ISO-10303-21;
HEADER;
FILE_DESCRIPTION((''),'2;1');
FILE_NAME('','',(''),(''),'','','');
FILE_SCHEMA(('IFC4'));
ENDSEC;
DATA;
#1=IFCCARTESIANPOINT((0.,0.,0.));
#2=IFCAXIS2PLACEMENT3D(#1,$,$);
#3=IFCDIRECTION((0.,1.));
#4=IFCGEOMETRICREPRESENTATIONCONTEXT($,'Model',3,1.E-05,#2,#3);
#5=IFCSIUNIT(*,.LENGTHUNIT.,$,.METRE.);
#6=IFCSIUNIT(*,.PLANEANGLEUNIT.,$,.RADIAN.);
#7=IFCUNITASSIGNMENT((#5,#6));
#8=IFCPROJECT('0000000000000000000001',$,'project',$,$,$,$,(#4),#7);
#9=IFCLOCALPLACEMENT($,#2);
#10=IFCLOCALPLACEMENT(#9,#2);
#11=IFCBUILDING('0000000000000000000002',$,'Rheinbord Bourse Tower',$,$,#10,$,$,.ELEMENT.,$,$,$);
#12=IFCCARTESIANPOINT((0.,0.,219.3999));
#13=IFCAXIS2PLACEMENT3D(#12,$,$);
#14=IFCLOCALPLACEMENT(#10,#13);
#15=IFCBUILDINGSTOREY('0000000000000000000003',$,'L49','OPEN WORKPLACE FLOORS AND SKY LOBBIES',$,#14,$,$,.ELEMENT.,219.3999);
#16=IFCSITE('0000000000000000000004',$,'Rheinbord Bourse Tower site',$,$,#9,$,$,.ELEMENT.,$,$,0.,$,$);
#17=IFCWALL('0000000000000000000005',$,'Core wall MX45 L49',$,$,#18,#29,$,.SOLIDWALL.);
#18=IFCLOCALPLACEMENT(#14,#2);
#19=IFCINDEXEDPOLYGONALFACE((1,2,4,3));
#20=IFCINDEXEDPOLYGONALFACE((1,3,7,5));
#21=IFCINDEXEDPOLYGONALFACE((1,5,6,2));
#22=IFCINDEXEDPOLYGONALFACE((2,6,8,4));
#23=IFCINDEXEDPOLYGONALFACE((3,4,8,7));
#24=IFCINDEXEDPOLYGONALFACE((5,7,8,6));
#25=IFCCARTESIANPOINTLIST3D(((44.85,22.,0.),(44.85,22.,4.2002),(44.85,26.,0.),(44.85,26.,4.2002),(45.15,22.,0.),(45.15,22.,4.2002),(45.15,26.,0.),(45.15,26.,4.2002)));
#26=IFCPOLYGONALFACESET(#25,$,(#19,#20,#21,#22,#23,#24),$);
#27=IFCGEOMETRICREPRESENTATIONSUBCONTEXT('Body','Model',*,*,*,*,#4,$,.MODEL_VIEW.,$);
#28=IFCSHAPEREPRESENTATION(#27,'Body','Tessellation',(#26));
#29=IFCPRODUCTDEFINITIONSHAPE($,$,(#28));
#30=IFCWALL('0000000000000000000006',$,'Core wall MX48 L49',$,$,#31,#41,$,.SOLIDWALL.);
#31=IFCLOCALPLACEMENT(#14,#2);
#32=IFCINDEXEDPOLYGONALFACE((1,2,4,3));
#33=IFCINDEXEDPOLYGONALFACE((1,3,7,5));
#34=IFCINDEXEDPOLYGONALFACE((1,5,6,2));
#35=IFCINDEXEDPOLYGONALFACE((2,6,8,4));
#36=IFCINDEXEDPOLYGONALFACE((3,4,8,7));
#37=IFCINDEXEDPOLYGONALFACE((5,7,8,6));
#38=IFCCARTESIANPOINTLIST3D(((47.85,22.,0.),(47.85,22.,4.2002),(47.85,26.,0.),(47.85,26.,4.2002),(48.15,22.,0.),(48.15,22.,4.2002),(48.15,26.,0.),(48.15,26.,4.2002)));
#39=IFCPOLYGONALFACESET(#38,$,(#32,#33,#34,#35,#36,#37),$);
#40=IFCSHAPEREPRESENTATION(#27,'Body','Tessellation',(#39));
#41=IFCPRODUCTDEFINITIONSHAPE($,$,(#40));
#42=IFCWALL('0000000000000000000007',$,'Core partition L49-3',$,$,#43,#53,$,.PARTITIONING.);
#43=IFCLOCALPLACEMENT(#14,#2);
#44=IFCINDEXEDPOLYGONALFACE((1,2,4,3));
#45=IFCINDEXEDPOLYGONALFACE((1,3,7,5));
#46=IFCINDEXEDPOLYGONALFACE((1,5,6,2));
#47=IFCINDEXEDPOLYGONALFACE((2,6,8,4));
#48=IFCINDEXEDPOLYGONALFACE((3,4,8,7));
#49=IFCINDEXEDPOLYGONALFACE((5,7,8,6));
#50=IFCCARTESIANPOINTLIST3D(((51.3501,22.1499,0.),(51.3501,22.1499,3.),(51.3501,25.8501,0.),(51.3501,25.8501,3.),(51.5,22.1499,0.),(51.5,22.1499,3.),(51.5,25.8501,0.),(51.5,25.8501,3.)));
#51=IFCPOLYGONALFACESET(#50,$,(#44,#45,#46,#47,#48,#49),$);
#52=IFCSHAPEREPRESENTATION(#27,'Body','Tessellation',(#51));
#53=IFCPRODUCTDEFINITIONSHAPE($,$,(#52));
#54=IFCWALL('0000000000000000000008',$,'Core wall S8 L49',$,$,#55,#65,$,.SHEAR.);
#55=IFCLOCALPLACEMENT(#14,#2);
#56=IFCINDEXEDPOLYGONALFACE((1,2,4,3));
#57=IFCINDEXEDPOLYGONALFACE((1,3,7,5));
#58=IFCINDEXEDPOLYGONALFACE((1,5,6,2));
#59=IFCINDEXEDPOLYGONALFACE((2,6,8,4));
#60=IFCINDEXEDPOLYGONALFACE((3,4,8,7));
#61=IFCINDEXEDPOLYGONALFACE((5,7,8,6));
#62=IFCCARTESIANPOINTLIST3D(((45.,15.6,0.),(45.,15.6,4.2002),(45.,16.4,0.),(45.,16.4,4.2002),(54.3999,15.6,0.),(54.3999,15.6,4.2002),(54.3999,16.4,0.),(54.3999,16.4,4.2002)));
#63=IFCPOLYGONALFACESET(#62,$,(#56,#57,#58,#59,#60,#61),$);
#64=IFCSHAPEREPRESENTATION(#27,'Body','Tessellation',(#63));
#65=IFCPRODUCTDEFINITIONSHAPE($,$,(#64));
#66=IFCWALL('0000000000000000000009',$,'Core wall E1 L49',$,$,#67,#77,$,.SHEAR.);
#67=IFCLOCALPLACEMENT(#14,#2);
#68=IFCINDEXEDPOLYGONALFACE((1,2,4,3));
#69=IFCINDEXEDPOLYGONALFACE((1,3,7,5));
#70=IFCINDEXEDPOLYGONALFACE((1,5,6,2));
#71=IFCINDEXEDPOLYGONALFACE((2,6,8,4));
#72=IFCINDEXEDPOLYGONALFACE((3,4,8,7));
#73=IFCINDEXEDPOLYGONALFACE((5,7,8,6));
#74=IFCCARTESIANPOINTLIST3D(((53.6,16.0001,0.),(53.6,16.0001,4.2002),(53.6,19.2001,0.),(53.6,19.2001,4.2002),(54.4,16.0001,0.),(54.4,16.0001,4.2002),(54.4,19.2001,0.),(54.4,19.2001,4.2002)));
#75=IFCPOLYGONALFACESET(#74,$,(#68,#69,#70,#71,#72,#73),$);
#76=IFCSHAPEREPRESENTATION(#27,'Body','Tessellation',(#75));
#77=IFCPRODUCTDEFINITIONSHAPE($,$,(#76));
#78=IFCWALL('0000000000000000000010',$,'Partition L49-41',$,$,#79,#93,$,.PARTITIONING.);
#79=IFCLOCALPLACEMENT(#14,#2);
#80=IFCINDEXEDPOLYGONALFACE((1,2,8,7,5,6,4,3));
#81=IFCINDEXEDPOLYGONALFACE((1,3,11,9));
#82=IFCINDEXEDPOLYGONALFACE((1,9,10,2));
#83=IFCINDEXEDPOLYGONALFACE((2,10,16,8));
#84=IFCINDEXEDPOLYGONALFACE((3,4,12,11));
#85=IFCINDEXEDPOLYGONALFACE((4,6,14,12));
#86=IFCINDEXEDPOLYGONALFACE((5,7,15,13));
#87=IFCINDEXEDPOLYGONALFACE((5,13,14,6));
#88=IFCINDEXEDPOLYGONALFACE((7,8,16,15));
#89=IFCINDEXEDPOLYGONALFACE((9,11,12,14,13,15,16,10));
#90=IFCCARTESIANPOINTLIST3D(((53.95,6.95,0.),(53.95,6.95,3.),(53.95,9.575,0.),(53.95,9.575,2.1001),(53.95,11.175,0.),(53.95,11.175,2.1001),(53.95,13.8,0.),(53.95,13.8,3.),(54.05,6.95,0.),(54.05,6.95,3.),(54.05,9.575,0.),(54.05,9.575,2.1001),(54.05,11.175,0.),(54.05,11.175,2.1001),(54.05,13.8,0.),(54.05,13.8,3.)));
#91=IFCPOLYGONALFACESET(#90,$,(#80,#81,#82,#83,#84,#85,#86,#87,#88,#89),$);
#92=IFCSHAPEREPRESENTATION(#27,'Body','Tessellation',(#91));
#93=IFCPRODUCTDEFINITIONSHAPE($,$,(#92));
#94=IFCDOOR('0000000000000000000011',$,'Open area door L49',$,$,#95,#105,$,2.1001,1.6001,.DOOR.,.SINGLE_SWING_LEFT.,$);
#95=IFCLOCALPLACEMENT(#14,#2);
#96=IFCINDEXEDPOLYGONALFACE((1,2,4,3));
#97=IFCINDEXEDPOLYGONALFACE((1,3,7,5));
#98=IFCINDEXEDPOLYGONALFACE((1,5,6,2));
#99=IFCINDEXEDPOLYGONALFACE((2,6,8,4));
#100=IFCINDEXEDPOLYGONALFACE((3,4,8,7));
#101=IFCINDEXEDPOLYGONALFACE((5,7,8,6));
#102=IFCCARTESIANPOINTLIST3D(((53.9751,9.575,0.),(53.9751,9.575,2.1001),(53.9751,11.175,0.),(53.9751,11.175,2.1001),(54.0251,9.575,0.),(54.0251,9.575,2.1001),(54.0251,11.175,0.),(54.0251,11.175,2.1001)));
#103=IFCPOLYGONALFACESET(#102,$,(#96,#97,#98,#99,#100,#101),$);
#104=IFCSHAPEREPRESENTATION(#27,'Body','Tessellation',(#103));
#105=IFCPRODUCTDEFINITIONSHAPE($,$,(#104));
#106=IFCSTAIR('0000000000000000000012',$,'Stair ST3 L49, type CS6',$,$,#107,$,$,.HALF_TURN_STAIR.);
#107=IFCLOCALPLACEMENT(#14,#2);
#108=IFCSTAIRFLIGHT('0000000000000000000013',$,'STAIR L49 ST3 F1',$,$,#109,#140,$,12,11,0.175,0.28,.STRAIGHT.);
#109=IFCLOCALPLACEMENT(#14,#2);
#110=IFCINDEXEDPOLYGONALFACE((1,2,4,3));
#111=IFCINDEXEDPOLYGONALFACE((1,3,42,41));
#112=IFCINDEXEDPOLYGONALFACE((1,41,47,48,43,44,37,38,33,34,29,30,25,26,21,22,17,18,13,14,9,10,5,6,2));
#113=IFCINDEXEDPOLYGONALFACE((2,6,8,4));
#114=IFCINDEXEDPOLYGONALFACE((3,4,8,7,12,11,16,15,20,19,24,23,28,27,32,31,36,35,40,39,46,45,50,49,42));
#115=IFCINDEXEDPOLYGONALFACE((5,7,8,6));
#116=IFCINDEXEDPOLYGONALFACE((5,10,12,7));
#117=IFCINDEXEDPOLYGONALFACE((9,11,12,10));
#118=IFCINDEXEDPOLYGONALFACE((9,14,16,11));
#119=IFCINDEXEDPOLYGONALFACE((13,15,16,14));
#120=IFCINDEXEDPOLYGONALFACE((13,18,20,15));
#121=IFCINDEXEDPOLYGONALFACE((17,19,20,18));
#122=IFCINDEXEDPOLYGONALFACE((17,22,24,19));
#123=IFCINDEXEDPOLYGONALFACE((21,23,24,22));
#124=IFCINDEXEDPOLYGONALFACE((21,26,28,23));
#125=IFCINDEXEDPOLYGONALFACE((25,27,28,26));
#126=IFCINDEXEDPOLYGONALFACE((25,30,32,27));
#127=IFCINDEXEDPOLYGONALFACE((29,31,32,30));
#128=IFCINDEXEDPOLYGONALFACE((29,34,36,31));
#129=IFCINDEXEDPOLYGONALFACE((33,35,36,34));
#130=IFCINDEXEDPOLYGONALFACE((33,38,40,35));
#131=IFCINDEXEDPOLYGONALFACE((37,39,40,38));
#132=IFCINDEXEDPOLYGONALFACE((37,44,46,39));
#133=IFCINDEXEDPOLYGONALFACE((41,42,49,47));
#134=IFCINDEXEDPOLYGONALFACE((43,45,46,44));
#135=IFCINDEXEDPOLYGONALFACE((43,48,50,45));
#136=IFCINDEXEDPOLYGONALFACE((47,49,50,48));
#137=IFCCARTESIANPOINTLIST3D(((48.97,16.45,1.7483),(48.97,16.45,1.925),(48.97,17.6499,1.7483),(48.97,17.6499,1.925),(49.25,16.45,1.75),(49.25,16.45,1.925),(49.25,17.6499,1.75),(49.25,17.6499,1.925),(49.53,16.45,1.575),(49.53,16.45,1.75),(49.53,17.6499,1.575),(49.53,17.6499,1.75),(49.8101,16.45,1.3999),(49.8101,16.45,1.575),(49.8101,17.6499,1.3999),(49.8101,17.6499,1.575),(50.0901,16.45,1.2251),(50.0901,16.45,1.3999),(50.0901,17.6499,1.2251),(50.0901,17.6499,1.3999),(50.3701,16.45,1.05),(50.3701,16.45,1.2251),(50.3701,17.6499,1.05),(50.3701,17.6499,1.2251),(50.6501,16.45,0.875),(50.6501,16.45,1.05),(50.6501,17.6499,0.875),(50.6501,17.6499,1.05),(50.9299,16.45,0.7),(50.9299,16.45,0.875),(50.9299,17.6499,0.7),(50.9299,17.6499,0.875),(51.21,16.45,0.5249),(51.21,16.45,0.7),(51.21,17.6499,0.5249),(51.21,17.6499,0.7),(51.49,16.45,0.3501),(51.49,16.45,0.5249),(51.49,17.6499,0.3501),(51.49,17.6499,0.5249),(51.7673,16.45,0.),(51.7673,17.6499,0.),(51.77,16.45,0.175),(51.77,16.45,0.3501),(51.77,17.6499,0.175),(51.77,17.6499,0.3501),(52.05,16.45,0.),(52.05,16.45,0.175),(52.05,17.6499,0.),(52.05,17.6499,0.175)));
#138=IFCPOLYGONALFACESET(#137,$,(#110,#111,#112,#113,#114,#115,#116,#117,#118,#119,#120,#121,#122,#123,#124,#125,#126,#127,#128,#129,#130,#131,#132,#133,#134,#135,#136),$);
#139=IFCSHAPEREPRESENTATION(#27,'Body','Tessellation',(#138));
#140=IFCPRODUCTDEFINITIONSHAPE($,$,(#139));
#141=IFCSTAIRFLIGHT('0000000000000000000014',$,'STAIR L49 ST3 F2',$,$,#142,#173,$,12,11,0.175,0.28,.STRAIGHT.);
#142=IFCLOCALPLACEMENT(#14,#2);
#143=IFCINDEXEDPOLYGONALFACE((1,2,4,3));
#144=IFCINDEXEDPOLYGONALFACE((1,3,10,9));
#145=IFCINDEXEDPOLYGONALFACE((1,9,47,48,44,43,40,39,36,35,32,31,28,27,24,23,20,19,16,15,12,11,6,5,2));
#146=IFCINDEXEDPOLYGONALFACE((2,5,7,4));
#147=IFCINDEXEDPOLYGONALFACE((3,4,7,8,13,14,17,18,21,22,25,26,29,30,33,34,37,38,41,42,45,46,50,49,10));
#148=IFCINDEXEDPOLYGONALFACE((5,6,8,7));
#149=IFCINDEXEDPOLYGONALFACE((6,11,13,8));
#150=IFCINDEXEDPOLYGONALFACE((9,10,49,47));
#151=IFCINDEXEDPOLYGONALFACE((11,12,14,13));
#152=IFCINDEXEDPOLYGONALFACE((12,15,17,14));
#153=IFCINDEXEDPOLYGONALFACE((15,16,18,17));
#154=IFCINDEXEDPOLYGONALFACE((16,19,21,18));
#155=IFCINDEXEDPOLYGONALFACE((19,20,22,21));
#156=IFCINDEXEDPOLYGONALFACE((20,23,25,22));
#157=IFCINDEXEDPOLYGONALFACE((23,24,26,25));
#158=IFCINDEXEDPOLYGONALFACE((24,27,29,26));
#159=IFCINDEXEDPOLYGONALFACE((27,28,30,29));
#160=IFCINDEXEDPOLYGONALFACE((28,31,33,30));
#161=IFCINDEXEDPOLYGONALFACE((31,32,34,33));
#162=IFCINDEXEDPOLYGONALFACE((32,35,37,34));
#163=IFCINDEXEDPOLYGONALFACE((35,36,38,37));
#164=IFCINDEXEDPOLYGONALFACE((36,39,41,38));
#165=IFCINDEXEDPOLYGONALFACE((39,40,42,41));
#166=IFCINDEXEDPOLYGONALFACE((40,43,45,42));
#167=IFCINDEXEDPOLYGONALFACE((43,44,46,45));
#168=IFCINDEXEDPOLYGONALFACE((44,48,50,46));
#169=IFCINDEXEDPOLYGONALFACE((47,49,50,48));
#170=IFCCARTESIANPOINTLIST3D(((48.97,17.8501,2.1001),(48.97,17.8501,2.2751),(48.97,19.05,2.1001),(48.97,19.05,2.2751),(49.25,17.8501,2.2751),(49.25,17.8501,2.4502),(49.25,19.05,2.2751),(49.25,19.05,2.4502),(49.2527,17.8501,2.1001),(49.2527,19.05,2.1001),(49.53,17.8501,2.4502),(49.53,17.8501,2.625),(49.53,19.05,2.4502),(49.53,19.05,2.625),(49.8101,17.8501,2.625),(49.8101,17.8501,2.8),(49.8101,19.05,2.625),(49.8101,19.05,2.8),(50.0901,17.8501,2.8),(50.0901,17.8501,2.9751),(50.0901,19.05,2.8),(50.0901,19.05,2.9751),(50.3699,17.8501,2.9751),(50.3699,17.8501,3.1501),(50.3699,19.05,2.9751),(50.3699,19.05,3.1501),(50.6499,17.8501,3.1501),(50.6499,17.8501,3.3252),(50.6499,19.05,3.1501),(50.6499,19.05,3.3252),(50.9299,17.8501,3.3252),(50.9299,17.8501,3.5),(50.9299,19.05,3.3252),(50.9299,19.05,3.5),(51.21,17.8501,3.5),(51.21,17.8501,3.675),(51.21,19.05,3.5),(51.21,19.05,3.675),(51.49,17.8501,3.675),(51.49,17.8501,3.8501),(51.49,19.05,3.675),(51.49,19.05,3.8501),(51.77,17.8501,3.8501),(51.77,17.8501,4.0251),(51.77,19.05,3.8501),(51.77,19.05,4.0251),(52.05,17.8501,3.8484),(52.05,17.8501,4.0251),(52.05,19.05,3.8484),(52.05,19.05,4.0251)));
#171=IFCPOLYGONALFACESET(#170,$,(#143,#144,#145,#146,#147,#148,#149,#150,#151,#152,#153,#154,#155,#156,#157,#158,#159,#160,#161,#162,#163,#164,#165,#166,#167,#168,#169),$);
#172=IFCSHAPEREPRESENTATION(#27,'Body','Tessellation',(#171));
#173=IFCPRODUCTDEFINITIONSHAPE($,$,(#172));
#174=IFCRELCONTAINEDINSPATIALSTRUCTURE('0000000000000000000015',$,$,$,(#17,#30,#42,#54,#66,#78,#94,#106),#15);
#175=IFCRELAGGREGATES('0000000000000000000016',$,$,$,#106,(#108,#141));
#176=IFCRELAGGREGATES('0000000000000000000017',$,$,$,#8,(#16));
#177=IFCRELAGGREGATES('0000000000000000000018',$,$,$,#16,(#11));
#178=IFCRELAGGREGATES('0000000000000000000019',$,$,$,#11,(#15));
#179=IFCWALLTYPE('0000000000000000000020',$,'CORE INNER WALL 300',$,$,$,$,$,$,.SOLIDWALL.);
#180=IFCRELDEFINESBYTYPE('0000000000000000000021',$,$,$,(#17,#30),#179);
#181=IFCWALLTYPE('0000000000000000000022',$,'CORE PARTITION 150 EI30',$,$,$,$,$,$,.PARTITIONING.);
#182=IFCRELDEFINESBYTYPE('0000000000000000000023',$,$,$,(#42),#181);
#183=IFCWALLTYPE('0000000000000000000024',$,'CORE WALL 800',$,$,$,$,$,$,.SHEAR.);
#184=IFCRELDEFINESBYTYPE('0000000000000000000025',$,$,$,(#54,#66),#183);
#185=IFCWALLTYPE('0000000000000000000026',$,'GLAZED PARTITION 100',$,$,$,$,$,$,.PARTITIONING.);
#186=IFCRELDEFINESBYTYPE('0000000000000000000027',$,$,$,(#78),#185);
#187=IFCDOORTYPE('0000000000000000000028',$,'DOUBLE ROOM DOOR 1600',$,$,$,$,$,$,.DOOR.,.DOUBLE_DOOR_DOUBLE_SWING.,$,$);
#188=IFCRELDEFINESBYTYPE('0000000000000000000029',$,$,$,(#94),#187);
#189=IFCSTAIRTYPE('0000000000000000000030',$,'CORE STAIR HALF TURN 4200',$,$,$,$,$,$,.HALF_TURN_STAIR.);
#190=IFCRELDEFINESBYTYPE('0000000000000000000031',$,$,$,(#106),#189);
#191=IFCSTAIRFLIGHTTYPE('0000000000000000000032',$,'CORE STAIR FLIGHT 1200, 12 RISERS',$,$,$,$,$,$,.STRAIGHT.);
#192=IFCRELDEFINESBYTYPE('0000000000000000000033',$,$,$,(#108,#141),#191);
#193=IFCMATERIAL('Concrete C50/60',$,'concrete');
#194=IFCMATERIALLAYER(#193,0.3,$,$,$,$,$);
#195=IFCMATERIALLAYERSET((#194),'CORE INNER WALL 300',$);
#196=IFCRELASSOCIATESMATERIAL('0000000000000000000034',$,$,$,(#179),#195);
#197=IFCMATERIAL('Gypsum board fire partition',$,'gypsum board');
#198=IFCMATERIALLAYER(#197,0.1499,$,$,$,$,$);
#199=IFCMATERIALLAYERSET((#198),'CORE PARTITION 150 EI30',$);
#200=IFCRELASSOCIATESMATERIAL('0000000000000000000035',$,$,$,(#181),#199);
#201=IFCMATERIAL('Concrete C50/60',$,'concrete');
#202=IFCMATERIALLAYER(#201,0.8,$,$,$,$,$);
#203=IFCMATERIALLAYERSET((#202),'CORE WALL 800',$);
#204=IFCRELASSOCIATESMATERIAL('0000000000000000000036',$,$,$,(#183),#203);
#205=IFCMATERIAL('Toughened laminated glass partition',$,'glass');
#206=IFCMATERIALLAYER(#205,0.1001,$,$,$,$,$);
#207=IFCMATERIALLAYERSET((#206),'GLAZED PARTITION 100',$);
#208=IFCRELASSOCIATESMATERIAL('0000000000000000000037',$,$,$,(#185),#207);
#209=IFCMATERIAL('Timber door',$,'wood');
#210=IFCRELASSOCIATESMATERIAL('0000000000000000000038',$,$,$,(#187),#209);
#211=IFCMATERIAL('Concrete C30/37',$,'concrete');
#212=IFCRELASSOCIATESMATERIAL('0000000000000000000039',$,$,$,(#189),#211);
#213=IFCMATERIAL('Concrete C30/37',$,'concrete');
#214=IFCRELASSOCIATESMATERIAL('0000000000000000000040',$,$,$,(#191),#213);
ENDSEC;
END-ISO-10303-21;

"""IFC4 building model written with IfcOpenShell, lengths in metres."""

from ifc_helpers import new_model, si_unit, direction, frame, frame_2d, origin, place, context, subcontext, project, spatial, polyline, rectangle, outline, extrude, material, layer, layer_set, type_object, element, fill, aggregate, save


model = new_model("IFC4")

# Units and contexts
model_context = context("Model", 3, precision=1e-05, world=origin(), true_north=direction((0.0, 1.0)))
body_context = subcontext(model_context, "Body", "Model", "MODEL_VIEW")
ifc_project = project(units=[si_unit("LENGTHUNIT", "METRE"), si_unit("PLANEANGLEUNIT", "RADIAN")], contexts=[model_context])

# Site, building, storey
site_placement = place(None, origin())
site = spatial("IfcSite", under=ifc_project, at=site_placement, Name="Rheinbord Bourse Tower site", CompositionType="ELEMENT", RefElevation=0.0)
building_placement = place(site_placement, origin())
building = spatial("IfcBuilding", under=site, at=building_placement, Name="Rheinbord Bourse Tower", CompositionType="ELEMENT")
storey_placement = place(building_placement, frame((0.0, 0.0, 219.3999)))
storey = spatial("IfcBuildingStorey", under=building, at=storey_placement, Name="L49", Description="OPEN WORKPLACE FLOORS AND SKY LOBBIES", CompositionType="ELEMENT", Elevation=219.3999)

# Shared definitions
ifc_material_1 = material(Name="Concrete C50/60", Category="concrete")
ifc_layer_1 = layer(ifc_material_1, 0.3)
ifc_layer_set_1 = layer_set([ifc_layer_1], Name="CORE INNER WALL 300")
wall_type_1 = type_object("IfcWallType", Name="CORE INNER WALL 300", PredefinedType="SOLIDWALL", material=ifc_layer_set_1)

# Walls
for number, where, z_axis, x_axis, name in (
    (1, (45.0, 22.0, 0.0), (0.0, 0.0, 1.0), (0.0, 1.0, 0.0), "Core wall MX45 L49"),
    (2, (48.0, 22.0, 0.0), (0.0, 0.0, 1.0), (0.0, 1.0, 0.0), "Core wall MX48 L49"),
):
    element("IfcWall", number, at=place(storey_placement, frame(where, z_axis=z_axis, x_axis=x_axis)), inside=storey, type_object=wall_type_1, Name=name, PredefinedType="SOLIDWALL", context=body_context, shape_type="SweptSolid", body=[
        extrude(rectangle(XDim=4.0, YDim=0.3, at=frame_2d((2.0, 0.0))), origin(), (0.0, 0.0, 1.0), 4.2002),
    ])
ifc_material_2 = material(Name="Gypsum board fire partition", Category="gypsum board")
ifc_layer_2 = layer(ifc_material_2, 0.1499)
ifc_layer_set_2 = layer_set([ifc_layer_2], Name="CORE PARTITION 150 EI30")
wall_type_2 = type_object("IfcWallType", Name="CORE PARTITION 150 EI30", PredefinedType="PARTITIONING", material=ifc_layer_set_2)
wall_1_placement = place(storey_placement, frame((51.425, 22.1499, 0.0), z_axis=(0.0, 0.0, 1.0), x_axis=(0.0, 1.0, 0.0)))
element("IfcWall", 3, at=wall_1_placement, inside=storey, type_object=wall_type_2, Name="Core partition L49-3", PredefinedType="PARTITIONING", context=body_context, shape_type="SweptSolid", body=[
    extrude(rectangle(XDim=3.7002, YDim=0.1499, at=frame_2d((1.8501, 0.0))), origin(), (0.0, 0.0, 1.0), 3.0),
])
ifc_material_3 = material(Name="Concrete C50/60", Category="concrete")
ifc_layer_3 = layer(ifc_material_3, 0.8)
ifc_layer_set_3 = layer_set([ifc_layer_3], Name="CORE WALL 800")
wall_type_3 = type_object("IfcWallType", Name="CORE WALL 800", PredefinedType="SHEAR", material=ifc_layer_set_3)
wall_2_placement = place(storey_placement, frame((45.0, 16.0, 0.0), z_axis=(0.0, 0.0, 1.0), x_axis=(1.0, 0.0, 0.0)))
element("IfcWall", 4, at=wall_2_placement, inside=storey, type_object=wall_type_3, Name="Core wall S8 L49", PredefinedType="SHEAR", context=body_context, shape_type="SweptSolid", body=[
    extrude(rectangle(XDim=9.3999, YDim=0.8, at=frame_2d((4.7, 0.0))), origin(), (0.0, 0.0, 1.0), 4.2002),
])
wall_3_placement = place(storey_placement, frame((54.0, 16.0, 0.0), z_axis=(0.0, 0.0, 1.0), x_axis=(0.0, 1.0, 0.0)))
element("IfcWall", 5, at=wall_3_placement, inside=storey, type_object=wall_type_3, Name="Core wall E1 L49", PredefinedType="SHEAR", context=body_context, shape_type="SweptSolid", body=[
    extrude(rectangle(XDim=3.2, YDim=0.8, at=frame_2d((1.6001, 0.0))), origin(), (0.0, 0.0, 1.0), 4.2002),
])

# Wall, opening, door
ifc_material_4 = material(Name="Toughened laminated glass partition", Category="glass")
ifc_layer_4 = layer(ifc_material_4, 0.1001)
ifc_layer_set_4 = layer_set([ifc_layer_4], Name="GLAZED PARTITION 100")
wall_type_4 = type_object("IfcWallType", Name="GLAZED PARTITION 100", PredefinedType="PARTITIONING", material=ifc_layer_set_4)
wall_4_placement = place(storey_placement, frame((54.0, 6.95, 0.0), z_axis=(0.0, 0.0, 1.0), x_axis=(0.0, 1.0, 0.0)))
wall_4 = element("IfcWall", 6, at=wall_4_placement, inside=storey, type_object=wall_type_4, Name="Partition L49-41", PredefinedType="PARTITIONING", context=body_context, shape_type="SweptSolid", body=[
    extrude(rectangle(XDim=6.8501, YDim=0.1001, at=frame_2d((3.425, 0.0))), origin(), (0.0, 0.0, 1.0), 3.0),
])
opening_1_placement = place(wall_4_placement, frame((2.625, 0.0, 0.0)))
opening_1 = element("IfcOpeningElement", 7, at=opening_1_placement, cuts=wall_4, PredefinedType="OPENING", context=body_context, shape_type="SweptSolid", body=[
    extrude(rectangle(XDim=1.6001, YDim=2.1001, at=frame_2d((0.8, 1.05))), frame((0.0, 0.0601, 0.0), z_axis=(0.0, -1.0, 0.0), x_axis=(1.0, 0.0, 0.0)), (0.0, 0.0, 1.0), 0.1201),
])
ifc_material_5 = material(Name="Timber door", Category="wood")
door_type_1 = type_object("IfcDoorType", Name="DOUBLE ROOM DOOR 1600", OperationType="DOUBLE_DOOR_DOUBLE_SWING", PredefinedType="DOOR", material=ifc_material_5)
door_1_placement = place(opening_1_placement, origin())
door_1 = element("IfcDoor", 8, at=door_1_placement, inside=storey, type_object=door_type_1, Name="Open area door L49", OperationType="SINGLE_SWING_LEFT", OverallHeight=2.1001, OverallWidth=1.6001, PredefinedType="DOOR", context=body_context, shape_type="SweptSolid", body=[
    extrude(rectangle(XDim=1.6001, YDim=2.1001, at=frame_2d((0.8, 1.05))), frame((0.0, 0.0249, 0.0), z_axis=(0.0, -1.0, 0.0), x_axis=(1.0, 0.0, 0.0)), (0.0, 0.0, 1.0), 0.05),
])
fill(opening_1, door_1)

# Stair, stair flights
ifc_material_6 = material(Name="Concrete C30/37", Category="concrete")
stair_type = type_object("IfcStairType", Name="CORE STAIR HALF TURN 4200", PredefinedType="HALF_TURN_STAIR", material=ifc_material_6)
stair_placement = place(storey_placement, origin())
stair = element("IfcStair", 9, at=stair_placement, inside=storey, type_object=stair_type, Name="Stair ST3 L49, type CS6", PredefinedType="HALF_TURN_STAIR")
ifc_material_7 = material(Name="Concrete C30/37", Category="concrete")
stair_flight_type = type_object("IfcStairFlightType", Name="CORE STAIR FLIGHT 1200, 12 RISERS", PredefinedType="STRAIGHT", material=ifc_material_7)
stair_flight_1_placement = place(storey_placement, frame((52.05, 17.05, 0.0), z_axis=(0.0, 0.0, 1.0), x_axis=(-1.0, 0.0, 0.0)))
stair_flight_1 = element("IfcStairFlight", 10, at=stair_flight_1_placement, type_object=stair_flight_type, Name="STAIR L49 ST3 F1", NumberOfRisers=12, NumberOfTreads=11, PredefinedType="STRAIGHT", RiserHeight=0.175, TreadLength=0.28, context=body_context, shape_type="SweptSolid", body=[
    extrude(outline(polyline([(0.0, 0.0), (0.0, 0.175), (0.28, 0.175), (0.28, 0.3501), (0.5601, 0.3501), (0.5601, 0.5249), (0.8401, 0.5249), (0.8401, 0.7), (1.1201, 0.7), (1.1201, 0.875), (1.3999, 0.875), (1.3999, 1.05), (1.6799, 1.05), (1.6799, 1.2251), (1.96, 1.2251), (1.96, 1.3999), (2.24, 1.3999), (2.24, 1.575), (2.52, 1.575), (2.52, 1.75), (2.8, 1.75), (2.8, 1.925), (3.0801, 1.925), (3.0801, 2.1001), (3.0801, 1.7483), (0.2827, 0.0), (0.0, 0.0)])), frame((0.0, 0.6001, 0.0), z_axis=(0.0, -1.0, 0.0), x_axis=(1.0, 0.0, 0.0)), (0.0, 0.0, 1.0), 1.2),
])
stair_flight_2_placement = place(storey_placement, frame((48.97, 18.45, 2.1001), z_axis=(0.0, 0.0, 1.0), x_axis=(1.0, 0.0, 0.0)))
stair_flight_2 = element("IfcStairFlight", 11, at=stair_flight_2_placement, type_object=stair_flight_type, Name="STAIR L49 ST3 F2", NumberOfRisers=12, NumberOfTreads=11, PredefinedType="STRAIGHT", RiserHeight=0.175, TreadLength=0.28, context=body_context, shape_type="SweptSolid", body=[
    extrude(outline(polyline([(0.0, 0.0), (0.0, 0.175), (0.28, 0.175), (0.28, 0.3501), (0.5601, 0.3501), (0.5601, 0.5249), (0.8401, 0.5249), (0.8401, 0.7), (1.1201, 0.7), (1.1201, 0.875), (1.3999, 0.875), (1.3999, 1.05), (1.6799, 1.05), (1.6799, 1.2251), (1.96, 1.2251), (1.96, 1.3999), (2.24, 1.3999), (2.24, 1.575), (2.52, 1.575), (2.52, 1.75), (2.8, 1.75), (2.8, 1.925), (3.0801, 1.925), (3.0801, 2.1001), (3.0801, 1.7483), (0.2827, 0.0), (0.0, 0.0)])), frame((0.0, 0.6001, 0.0), z_axis=(0.0, -1.0, 0.0), x_axis=(1.0, 0.0, 0.0)), (0.0, 0.0, 1.0), 1.2),
])
aggregate(stair, [stair_flight_1, stair_flight_2])

save(model, "model.ifc")
